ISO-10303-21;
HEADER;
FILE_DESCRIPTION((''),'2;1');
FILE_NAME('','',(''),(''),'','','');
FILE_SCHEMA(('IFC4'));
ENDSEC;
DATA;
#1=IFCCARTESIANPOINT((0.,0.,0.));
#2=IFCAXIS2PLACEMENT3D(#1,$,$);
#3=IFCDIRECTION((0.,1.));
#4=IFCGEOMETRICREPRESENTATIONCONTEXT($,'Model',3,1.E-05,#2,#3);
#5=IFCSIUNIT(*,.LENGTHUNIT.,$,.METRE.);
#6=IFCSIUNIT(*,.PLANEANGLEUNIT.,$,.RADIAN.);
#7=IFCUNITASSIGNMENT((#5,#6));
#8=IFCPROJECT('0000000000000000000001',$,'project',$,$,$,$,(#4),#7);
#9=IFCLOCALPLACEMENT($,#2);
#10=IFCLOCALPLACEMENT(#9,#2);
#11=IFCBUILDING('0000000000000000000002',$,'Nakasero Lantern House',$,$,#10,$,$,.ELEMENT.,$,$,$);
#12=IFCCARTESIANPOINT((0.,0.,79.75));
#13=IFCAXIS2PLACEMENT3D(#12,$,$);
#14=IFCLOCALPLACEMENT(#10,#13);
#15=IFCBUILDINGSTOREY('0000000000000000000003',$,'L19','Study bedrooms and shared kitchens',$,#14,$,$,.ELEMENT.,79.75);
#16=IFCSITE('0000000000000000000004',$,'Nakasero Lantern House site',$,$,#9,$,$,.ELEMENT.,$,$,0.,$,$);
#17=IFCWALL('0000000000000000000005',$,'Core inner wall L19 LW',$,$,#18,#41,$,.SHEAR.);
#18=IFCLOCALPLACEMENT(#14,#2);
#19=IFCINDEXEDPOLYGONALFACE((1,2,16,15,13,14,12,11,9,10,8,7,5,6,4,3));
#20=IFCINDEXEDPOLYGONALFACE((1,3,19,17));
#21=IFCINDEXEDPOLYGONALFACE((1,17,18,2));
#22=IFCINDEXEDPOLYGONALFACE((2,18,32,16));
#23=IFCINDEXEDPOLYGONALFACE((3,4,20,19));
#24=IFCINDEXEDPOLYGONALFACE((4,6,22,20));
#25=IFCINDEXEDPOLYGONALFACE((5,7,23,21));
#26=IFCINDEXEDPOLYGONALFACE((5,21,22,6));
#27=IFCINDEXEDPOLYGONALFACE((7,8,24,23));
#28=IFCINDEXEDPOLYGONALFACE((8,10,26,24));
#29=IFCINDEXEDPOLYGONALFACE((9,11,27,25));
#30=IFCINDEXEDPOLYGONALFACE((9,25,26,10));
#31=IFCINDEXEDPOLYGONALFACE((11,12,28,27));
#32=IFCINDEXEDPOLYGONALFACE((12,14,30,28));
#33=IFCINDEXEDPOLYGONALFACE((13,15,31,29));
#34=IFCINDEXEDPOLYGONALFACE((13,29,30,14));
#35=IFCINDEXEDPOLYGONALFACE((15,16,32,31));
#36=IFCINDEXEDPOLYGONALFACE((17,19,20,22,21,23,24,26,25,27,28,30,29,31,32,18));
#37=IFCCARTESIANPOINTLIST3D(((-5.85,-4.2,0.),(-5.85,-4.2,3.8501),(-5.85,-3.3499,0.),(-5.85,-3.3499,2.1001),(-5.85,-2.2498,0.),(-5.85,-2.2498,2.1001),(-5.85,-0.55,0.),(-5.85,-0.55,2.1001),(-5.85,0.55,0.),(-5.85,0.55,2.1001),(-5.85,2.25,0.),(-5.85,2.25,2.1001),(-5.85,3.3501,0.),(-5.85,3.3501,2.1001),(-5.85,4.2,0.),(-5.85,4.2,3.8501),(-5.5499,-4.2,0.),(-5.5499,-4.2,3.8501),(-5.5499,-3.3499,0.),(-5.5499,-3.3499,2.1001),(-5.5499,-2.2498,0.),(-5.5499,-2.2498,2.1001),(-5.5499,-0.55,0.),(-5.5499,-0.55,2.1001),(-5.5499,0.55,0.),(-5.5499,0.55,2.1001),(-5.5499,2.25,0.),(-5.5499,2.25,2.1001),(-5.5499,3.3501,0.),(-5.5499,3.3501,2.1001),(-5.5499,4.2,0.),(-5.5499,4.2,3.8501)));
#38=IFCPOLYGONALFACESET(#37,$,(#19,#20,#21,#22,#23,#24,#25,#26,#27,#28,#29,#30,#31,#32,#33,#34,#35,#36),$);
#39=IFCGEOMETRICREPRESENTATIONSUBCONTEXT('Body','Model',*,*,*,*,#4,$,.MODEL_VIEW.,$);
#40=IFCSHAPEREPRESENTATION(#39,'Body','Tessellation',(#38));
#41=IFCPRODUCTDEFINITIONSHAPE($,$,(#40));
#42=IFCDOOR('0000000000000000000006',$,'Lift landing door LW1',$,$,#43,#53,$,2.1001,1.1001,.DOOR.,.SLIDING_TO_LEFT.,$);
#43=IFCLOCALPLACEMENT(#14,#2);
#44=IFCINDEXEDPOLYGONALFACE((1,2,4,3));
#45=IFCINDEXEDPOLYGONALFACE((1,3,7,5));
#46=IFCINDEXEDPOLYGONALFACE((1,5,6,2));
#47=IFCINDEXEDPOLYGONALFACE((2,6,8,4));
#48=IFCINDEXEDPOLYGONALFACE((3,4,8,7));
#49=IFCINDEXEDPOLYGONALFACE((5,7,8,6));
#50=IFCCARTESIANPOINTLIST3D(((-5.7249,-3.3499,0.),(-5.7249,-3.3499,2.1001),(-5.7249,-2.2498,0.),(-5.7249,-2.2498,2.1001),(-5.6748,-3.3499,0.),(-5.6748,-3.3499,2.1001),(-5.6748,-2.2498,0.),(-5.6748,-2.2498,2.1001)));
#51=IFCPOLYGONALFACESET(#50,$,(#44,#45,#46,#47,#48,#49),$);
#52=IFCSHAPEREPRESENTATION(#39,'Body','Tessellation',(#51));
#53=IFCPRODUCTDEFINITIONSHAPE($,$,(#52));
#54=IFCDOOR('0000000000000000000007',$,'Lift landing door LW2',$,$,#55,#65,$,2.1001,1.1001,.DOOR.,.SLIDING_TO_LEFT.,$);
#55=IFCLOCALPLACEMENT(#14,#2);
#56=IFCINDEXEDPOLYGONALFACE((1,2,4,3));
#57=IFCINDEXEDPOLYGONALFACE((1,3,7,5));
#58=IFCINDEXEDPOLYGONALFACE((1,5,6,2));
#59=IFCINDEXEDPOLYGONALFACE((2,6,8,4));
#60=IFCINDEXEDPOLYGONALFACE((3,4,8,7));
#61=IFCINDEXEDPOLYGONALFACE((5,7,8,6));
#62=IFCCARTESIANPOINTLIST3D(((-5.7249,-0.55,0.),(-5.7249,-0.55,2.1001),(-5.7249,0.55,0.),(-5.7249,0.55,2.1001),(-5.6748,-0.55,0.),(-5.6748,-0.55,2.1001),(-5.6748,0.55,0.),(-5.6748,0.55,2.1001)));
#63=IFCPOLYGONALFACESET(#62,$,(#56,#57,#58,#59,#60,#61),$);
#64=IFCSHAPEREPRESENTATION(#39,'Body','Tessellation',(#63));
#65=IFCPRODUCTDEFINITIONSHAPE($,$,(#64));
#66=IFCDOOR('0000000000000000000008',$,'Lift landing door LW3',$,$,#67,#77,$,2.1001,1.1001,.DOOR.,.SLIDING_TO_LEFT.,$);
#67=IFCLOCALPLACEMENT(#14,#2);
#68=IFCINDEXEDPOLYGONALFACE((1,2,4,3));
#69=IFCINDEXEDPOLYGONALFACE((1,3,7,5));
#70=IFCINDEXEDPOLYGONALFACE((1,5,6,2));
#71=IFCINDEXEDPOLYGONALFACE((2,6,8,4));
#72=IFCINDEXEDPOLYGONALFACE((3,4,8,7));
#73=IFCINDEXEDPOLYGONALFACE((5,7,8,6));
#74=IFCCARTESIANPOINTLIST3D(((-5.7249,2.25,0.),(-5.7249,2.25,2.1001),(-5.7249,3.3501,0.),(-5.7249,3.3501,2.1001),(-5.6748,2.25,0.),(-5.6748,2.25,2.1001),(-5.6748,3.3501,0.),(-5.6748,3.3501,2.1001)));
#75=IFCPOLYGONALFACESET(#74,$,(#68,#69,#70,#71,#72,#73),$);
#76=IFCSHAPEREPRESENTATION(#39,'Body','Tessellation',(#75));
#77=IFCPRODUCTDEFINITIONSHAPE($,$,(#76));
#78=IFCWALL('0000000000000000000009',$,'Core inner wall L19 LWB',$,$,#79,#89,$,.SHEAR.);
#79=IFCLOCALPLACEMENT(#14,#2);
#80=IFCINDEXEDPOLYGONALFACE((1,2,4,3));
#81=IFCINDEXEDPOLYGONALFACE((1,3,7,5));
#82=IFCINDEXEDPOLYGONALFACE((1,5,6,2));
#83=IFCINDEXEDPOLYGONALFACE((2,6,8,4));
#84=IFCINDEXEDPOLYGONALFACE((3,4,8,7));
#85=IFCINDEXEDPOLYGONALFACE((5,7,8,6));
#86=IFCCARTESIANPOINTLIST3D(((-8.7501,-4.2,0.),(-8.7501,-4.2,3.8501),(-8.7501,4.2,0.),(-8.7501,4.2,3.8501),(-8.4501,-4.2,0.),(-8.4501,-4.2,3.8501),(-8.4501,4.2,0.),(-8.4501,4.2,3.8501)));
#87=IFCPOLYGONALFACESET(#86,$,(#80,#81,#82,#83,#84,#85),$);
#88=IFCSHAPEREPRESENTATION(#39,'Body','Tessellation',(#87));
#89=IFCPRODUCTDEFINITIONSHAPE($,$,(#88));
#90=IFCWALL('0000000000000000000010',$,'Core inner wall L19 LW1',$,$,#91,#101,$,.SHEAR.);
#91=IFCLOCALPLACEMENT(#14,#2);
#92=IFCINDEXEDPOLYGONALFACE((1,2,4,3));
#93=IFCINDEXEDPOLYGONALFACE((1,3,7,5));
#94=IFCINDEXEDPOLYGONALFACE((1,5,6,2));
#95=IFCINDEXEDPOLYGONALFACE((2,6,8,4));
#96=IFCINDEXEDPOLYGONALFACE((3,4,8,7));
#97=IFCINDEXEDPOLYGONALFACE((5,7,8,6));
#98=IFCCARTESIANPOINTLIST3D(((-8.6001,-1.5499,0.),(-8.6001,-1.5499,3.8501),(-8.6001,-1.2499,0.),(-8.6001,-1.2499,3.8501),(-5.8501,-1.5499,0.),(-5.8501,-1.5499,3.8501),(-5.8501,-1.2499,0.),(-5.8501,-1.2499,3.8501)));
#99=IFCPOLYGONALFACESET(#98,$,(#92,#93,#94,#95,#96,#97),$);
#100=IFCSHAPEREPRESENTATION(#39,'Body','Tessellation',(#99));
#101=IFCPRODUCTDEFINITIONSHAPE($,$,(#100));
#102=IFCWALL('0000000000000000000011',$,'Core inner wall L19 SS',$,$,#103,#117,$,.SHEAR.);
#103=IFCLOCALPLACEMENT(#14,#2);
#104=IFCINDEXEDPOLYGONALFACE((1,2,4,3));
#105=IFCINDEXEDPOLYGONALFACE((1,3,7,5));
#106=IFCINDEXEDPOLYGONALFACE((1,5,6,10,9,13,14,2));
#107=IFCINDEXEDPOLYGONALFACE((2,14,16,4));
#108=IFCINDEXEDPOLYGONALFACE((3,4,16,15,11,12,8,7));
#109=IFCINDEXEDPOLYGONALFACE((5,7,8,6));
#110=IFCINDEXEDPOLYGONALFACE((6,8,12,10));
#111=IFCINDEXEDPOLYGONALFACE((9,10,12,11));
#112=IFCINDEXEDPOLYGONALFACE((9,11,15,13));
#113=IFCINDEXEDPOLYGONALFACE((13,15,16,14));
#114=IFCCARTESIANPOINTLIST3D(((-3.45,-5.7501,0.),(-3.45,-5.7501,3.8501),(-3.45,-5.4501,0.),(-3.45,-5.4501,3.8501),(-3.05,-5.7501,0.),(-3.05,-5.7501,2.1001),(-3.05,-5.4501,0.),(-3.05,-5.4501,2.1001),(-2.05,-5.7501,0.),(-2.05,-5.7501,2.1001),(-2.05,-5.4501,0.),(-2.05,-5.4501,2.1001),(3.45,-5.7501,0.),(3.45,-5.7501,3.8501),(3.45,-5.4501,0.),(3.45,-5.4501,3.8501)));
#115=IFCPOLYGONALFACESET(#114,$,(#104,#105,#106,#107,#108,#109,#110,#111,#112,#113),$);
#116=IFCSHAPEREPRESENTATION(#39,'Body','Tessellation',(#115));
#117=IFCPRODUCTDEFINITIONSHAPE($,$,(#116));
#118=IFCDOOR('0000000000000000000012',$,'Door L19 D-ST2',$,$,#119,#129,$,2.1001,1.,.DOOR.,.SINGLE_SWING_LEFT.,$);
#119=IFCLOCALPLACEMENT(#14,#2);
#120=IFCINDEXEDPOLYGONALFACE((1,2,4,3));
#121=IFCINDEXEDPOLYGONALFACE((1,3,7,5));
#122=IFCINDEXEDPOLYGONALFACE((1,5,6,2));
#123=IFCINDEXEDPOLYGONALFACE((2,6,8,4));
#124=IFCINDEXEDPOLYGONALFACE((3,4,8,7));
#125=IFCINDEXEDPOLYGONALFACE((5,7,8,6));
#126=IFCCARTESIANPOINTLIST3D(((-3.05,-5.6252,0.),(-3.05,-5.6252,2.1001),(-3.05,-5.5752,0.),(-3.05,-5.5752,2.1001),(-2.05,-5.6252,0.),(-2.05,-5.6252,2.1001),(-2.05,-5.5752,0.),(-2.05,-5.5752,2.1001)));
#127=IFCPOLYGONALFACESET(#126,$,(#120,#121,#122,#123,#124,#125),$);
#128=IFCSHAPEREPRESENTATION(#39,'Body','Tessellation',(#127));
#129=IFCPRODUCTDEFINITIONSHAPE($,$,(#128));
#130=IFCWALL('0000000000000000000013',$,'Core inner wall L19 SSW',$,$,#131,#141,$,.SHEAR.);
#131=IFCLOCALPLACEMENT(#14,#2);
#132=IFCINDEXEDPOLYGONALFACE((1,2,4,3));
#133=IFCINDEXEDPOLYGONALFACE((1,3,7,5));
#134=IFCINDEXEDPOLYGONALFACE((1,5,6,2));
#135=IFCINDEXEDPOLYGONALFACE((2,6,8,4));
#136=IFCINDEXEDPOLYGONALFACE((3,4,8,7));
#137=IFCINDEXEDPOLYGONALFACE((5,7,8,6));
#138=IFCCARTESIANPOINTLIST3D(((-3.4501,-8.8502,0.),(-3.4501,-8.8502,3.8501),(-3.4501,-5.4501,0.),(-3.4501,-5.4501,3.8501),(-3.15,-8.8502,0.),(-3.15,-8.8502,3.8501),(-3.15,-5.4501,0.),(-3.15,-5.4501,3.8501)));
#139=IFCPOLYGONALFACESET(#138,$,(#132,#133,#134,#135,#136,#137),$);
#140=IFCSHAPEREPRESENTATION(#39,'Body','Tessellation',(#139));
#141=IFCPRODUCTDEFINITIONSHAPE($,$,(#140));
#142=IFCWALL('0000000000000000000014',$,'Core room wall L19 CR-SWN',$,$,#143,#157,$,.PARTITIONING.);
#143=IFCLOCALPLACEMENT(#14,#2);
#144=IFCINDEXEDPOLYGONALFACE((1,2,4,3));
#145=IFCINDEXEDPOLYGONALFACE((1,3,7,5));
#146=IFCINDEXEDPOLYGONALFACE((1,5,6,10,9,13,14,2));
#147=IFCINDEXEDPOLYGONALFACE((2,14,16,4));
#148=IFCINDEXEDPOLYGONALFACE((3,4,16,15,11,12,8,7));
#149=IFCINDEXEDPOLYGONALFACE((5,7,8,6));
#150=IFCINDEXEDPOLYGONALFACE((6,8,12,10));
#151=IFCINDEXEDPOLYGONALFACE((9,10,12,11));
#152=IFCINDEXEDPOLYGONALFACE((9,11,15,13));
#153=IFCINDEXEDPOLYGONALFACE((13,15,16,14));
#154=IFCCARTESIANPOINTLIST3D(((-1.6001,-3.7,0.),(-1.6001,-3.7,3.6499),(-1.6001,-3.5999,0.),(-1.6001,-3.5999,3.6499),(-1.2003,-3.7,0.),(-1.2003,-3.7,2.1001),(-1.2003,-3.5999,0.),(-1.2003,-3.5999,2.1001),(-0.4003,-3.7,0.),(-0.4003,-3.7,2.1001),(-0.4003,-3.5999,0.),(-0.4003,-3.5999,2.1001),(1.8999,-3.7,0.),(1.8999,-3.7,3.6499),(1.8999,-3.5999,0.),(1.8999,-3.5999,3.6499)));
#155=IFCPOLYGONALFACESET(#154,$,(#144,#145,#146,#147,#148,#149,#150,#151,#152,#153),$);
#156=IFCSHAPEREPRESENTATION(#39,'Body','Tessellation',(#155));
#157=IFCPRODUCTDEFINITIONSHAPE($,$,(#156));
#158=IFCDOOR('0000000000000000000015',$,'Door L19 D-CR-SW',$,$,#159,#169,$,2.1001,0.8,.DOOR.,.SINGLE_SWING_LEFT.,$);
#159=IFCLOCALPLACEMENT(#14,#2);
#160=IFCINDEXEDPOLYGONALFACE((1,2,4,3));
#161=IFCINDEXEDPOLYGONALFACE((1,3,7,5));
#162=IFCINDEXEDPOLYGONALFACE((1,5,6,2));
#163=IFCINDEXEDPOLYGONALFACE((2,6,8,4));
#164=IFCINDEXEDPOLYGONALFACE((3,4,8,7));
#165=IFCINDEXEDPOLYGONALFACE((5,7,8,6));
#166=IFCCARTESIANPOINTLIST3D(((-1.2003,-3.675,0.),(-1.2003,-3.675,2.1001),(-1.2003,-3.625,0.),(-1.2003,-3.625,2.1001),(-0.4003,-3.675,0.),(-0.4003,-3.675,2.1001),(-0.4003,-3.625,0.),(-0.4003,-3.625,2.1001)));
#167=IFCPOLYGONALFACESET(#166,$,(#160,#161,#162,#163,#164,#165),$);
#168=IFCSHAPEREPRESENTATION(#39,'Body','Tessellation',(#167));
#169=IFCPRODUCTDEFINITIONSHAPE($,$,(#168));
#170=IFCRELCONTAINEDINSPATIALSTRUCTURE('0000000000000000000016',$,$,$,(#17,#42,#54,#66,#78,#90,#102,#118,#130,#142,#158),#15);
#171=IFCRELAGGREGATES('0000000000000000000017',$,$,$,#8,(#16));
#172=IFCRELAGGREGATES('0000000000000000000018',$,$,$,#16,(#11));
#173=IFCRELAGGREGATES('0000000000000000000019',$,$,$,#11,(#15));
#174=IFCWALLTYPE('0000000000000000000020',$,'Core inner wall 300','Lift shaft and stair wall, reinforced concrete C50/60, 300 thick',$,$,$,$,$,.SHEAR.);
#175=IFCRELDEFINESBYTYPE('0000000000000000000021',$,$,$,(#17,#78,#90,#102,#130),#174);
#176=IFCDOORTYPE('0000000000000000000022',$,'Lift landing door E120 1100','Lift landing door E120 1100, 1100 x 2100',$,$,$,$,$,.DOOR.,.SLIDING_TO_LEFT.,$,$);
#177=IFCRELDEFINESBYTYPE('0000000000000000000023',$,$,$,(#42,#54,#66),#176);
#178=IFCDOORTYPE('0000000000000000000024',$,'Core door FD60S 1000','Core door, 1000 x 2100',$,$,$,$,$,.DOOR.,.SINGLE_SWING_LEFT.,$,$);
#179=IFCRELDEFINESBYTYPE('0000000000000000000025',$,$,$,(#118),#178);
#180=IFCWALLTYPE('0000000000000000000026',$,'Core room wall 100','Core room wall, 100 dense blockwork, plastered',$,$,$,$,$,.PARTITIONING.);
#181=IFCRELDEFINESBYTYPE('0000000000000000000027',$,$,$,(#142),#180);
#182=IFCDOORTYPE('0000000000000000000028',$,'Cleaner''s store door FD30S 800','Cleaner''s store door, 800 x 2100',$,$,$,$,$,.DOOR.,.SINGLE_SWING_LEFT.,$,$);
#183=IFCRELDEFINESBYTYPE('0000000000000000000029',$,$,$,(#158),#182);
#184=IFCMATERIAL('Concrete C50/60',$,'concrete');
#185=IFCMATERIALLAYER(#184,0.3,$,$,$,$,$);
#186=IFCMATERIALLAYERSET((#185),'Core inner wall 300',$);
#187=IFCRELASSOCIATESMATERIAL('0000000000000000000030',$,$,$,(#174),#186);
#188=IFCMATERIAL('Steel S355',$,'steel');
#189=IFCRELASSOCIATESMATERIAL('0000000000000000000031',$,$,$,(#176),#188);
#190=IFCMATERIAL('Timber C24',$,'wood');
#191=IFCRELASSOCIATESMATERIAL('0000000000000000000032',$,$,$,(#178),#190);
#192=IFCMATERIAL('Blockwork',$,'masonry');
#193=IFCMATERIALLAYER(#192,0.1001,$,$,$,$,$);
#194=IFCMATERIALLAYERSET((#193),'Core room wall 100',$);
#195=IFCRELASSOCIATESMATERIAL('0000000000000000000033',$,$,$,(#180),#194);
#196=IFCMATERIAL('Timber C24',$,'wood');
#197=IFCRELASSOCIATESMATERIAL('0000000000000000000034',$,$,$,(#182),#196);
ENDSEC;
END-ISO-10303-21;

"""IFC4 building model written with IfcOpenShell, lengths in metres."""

from ifc_helpers import new_model, si_unit, direction, frame, frame_2d, origin, place, context, subcontext, project, spatial, rectangle, extrude, material, layer, layer_set, type_object, element, fill, save


model = new_model("IFC4")

# Units and contexts
model_context = context("Model", 3, precision=1e-05, world=origin(), true_north=direction((0.0, 1.0)))
body_context = subcontext(model_context, "Body", "Model", "MODEL_VIEW")
ifc_project = project(units=[si_unit("LENGTHUNIT", "METRE"), si_unit("PLANEANGLEUNIT", "RADIAN")], contexts=[model_context])

# Site, building, storey
site_placement = place(None, origin())
site = spatial("IfcSite", under=ifc_project, at=site_placement, Name="Nakasero Lantern House site", CompositionType="ELEMENT", RefElevation=0.0)
building_placement = place(site_placement, origin())
building = spatial("IfcBuilding", under=site, at=building_placement, Name="Nakasero Lantern House", CompositionType="ELEMENT")
storey_placement = place(building_placement, frame((0.0, 0.0, 79.75)))
storey = spatial("IfcBuildingStorey", under=building, at=storey_placement, Name="L19", Description="Study bedrooms and shared kitchens", CompositionType="ELEMENT", Elevation=79.75)

# Wall, openings, doors
ifc_material_1 = material(Name="Concrete C50/60", Category="concrete")
ifc_layer_1 = layer(ifc_material_1, 0.3)
ifc_layer_set_1 = layer_set([ifc_layer_1], Name="Core inner wall 300")
wall_type_1 = type_object("IfcWallType", Name="Core inner wall 300", Description="Lift shaft and stair wall, reinforced concrete C50/60, 300 thick", PredefinedType="SHEAR", material=ifc_layer_set_1)
wall_1_placement = place(storey_placement, frame((-5.7, -4.2, 0.0), z_axis=(0.0, 0.0, 1.0), x_axis=(0.0, 1.0, 0.0)))
wall_1 = element("IfcWall", 1, at=wall_1_placement, inside=storey, type_object=wall_type_1, Name="Core inner wall L19 LW", PredefinedType="SHEAR", context=body_context, shape_type="SweptSolid", body=[
    extrude(rectangle(XDim=8.3999, YDim=0.3, at=frame_2d((4.2, 0.0))), origin(), (0.0, 0.0, 1.0), 3.8501),
])
opening_1_placement = place(wall_1_placement, frame((0.8501, 0.0, 0.0)))
opening_1 = element("IfcOpeningElement", 2, at=opening_1_placement, cuts=wall_1, PredefinedType="OPENING", context=body_context, shape_type="SweptSolid", body=[
    extrude(rectangle(XDim=1.1001, YDim=2.1001, at=frame_2d((0.55, 1.05))), frame((0.0, 0.1699, 0.0), z_axis=(0.0, -1.0, 0.0), x_axis=(1.0, 0.0, 0.0)), (0.0, 0.0, 1.0), 0.3401),
])
opening_2_placement = place(wall_1_placement, frame((3.6499, 0.0, 0.0)))
opening_2 = element("IfcOpeningElement", 3, at=opening_2_placement, cuts=wall_1, PredefinedType="OPENING", context=body_context, shape_type="SweptSolid", body=[
    extrude(rectangle(XDim=1.1001, YDim=2.1001, at=frame_2d((0.55, 1.05))), frame((0.0, 0.1699, 0.0), z_axis=(0.0, -1.0, 0.0), x_axis=(1.0, 0.0, 0.0)), (0.0, 0.0, 1.0), 0.3401),
])
opening_3_placement = place(wall_1_placement, frame((6.45, 0.0, 0.0)))
opening_3 = element("IfcOpeningElement", 4, at=opening_3_placement, cuts=wall_1, PredefinedType="OPENING", context=body_context, shape_type="SweptSolid", body=[
    extrude(rectangle(XDim=1.1001, YDim=2.1001, at=frame_2d((0.55, 1.05))), frame((0.0, 0.1699, 0.0), z_axis=(0.0, -1.0, 0.0), x_axis=(1.0, 0.0, 0.0)), (0.0, 0.0, 1.0), 0.3401),
])
ifc_material_2 = material(Name="Steel S355", Category="steel")
door_type_1 = type_object("IfcDoorType", Name="Lift landing door E120 1100", Description="Lift landing door E120 1100, 1100 x 2100", OperationType="SLIDING_TO_LEFT", PredefinedType="DOOR", material=ifc_material_2)
door_1_placement = place(opening_1_placement, origin())
door_1 = element("IfcDoor", 5, at=door_1_placement, inside=storey, type_object=door_type_1, Name="Lift landing door LW1", OperationType="SLIDING_TO_LEFT", OverallHeight=2.1001, OverallWidth=1.1001, PredefinedType="DOOR", context=body_context, shape_type="SweptSolid", body=[
    extrude(rectangle(XDim=1.1001, YDim=2.1001, at=frame_2d((0.55, 1.05))), frame((0.0, 0.0249, 0.0), z_axis=(0.0, -1.0, 0.0), x_axis=(1.0, 0.0, 0.0)), (0.0, 0.0, 1.0), 0.05),
])
fill(opening_1, door_1)
door_2_placement = place(opening_2_placement, origin())
door_2 = element("IfcDoor", 6, at=door_2_placement, inside=storey, type_object=door_type_1, Name="Lift landing door LW2", OperationType="SLIDING_TO_LEFT", OverallHeight=2.1001, OverallWidth=1.1001, PredefinedType="DOOR", context=body_context, shape_type="SweptSolid", body=[
    extrude(rectangle(XDim=1.1001, YDim=2.1001, at=frame_2d((0.55, 1.05))), frame((0.0, 0.0249, 0.0), z_axis=(0.0, -1.0, 0.0), x_axis=(1.0, 0.0, 0.0)), (0.0, 0.0, 1.0), 0.05),
])
fill(opening_2, door_2)
door_3_placement = place(opening_3_placement, origin())
door_3 = element("IfcDoor", 7, at=door_3_placement, inside=storey, type_object=door_type_1, Name="Lift landing door LW3", OperationType="SLIDING_TO_LEFT", OverallHeight=2.1001, OverallWidth=1.1001, PredefinedType="DOOR", context=body_context, shape_type="SweptSolid", body=[
    extrude(rectangle(XDim=1.1001, YDim=2.1001, at=frame_2d((0.55, 1.05))), frame((0.0, 0.0249, 0.0), z_axis=(0.0, -1.0, 0.0), x_axis=(1.0, 0.0, 0.0)), (0.0, 0.0, 1.0), 0.05),
])
fill(opening_3, door_3)

# Walls
wall_2_placement = place(storey_placement, frame((-8.6001, -4.2, 0.0), z_axis=(0.0, 0.0, 1.0), x_axis=(0.0, 1.0, 0.0)))
element("IfcWall", 8, at=wall_2_placement, inside=storey, type_object=wall_type_1, Name="Core inner wall L19 LWB", PredefinedType="SHEAR", context=body_context, shape_type="SweptSolid", body=[
    extrude(rectangle(XDim=8.3999, YDim=0.3, at=frame_2d((4.2, 0.0))), origin(), (0.0, 0.0, 1.0), 3.8501),
])
wall_3_placement = place(storey_placement, frame((-8.6001, -1.3999, 0.0), z_axis=(0.0, 0.0, 1.0), x_axis=(1.0, 0.0, 0.0)))
element("IfcWall", 9, at=wall_3_placement, inside=storey, type_object=wall_type_1, Name="Core inner wall L19 LW1", PredefinedType="SHEAR", context=body_context, shape_type="SweptSolid", body=[
    extrude(rectangle(XDim=2.75, YDim=0.3, at=frame_2d((1.375, 0.0))), origin(), (0.0, 0.0, 1.0), 3.8501),
])

# Wall, opening, door
wall_4_placement = place(storey_placement, frame((-3.45, -5.6001, 0.0), z_axis=(0.0, 0.0, 1.0), x_axis=(1.0, 0.0, 0.0)))
wall_4 = element("IfcWall", 10, at=wall_4_placement, inside=storey, type_object=wall_type_1, Name="Core inner wall L19 SS", PredefinedType="SHEAR", context=body_context, shape_type="SweptSolid", body=[
    extrude(rectangle(XDim=6.8999, YDim=0.3, at=frame_2d((3.45, 0.0))), origin(), (0.0, 0.0, 1.0), 3.8501),
])
opening_4_placement = place(wall_4_placement, frame((0.3999, 0.0, 0.0)))
opening_4 = element("IfcOpeningElement", 11, at=opening_4_placement, cuts=wall_4, PredefinedType="OPENING", context=body_context, shape_type="SweptSolid", body=[
    extrude(rectangle(XDim=1.0, YDim=2.1001, at=frame_2d((0.5, 1.05))), frame((0.0, 0.1699, 0.0), z_axis=(0.0, -1.0, 0.0), x_axis=(1.0, 0.0, 0.0)), (0.0, 0.0, 1.0), 0.3401),
])
ifc_material_3 = material(Name="Timber C24", Category="wood")
door_type_2 = type_object("IfcDoorType", Name="Core door FD60S 1000", Description="Core door, 1000 x 2100", OperationType="SINGLE_SWING_LEFT", PredefinedType="DOOR", material=ifc_material_3)
door_4_placement = place(opening_4_placement, origin())
door_4 = element("IfcDoor", 12, at=door_4_placement, inside=storey, type_object=door_type_2, Name="Door L19 D-ST2", OperationType="SINGLE_SWING_LEFT", OverallHeight=2.1001, OverallWidth=1.0, PredefinedType="DOOR", context=body_context, shape_type="SweptSolid", body=[
    extrude(rectangle(XDim=1.0, YDim=2.1001, at=frame_2d((0.5, 1.05))), frame((0.0, 0.0249, 0.0), z_axis=(0.0, -1.0, 0.0), x_axis=(1.0, 0.0, 0.0)), (0.0, 0.0, 1.0), 0.05),
])
fill(opening_4, door_4)

# Wall
wall_5_placement = place(storey_placement, frame((-3.3, -5.45, 0.0), z_axis=(0.0, 0.0, 1.0), x_axis=(0.0, -1.0, 0.0)))
element("IfcWall", 13, at=wall_5_placement, inside=storey, type_object=wall_type_1, Name="Core inner wall L19 SSW", PredefinedType="SHEAR", context=body_context, shape_type="SweptSolid", body=[
    extrude(rectangle(XDim=3.4001, YDim=0.3, at=frame_2d((1.7002, 0.0))), origin(), (0.0, 0.0, 1.0), 3.8501),
])

# Wall, opening, door
ifc_material_4 = material(Name="Blockwork", Category="masonry")
ifc_layer_2 = layer(ifc_material_4, 0.1001)
ifc_layer_set_2 = layer_set([ifc_layer_2], Name="Core room wall 100")
wall_type_2 = type_object("IfcWallType", Name="Core room wall 100", Description="Core room wall, 100 dense blockwork, plastered", PredefinedType="PARTITIONING", material=ifc_layer_set_2)
wall_6_placement = place(storey_placement, frame((-1.6001, -3.6499, 0.0), z_axis=(0.0, 0.0, 1.0), x_axis=(1.0, 0.0, 0.0)))
wall_6 = element("IfcWall", 14, at=wall_6_placement, inside=storey, type_object=wall_type_2, Name="Core room wall L19 CR-SWN", PredefinedType="PARTITIONING", context=body_context, shape_type="SweptSolid", body=[
    extrude(rectangle(XDim=3.5, YDim=0.1001, at=frame_2d((1.75, 0.0))), origin(), (0.0, 0.0, 1.0), 3.6499),
])
opening_5_placement = place(wall_6_placement, frame((0.3999, 0.0, 0.0)))
opening_5 = element("IfcOpeningElement", 15, at=opening_5_placement, cuts=wall_6, PredefinedType="OPENING", context=body_context, shape_type="SweptSolid", body=[
    extrude(rectangle(XDim=0.8, YDim=2.1001, at=frame_2d((0.3999, 1.05))), frame((0.0, 0.0701, 0.0), z_axis=(0.0, -1.0, 0.0), x_axis=(1.0, 0.0, 0.0)), (0.0, 0.0, 1.0), 0.1401),
])
ifc_material_5 = material(Name="Timber C24", Category="wood")
door_type_3 = type_object("IfcDoorType", Name="Cleaner's store door FD30S 800", Description="Cleaner's store door, 800 x 2100", OperationType="SINGLE_SWING_LEFT", PredefinedType="DOOR", material=ifc_material_5)
door_5_placement = place(opening_5_placement, origin())
door_5 = element("IfcDoor", 16, at=door_5_placement, inside=storey, type_object=door_type_3, Name="Door L19 D-CR-SW", OperationType="SINGLE_SWING_LEFT", OverallHeight=2.1001, OverallWidth=0.8, PredefinedType="DOOR", context=body_context, shape_type="SweptSolid", body=[
    extrude(rectangle(XDim=0.8, YDim=2.1001, at=frame_2d((0.3999, 1.05))), frame((0.0, 0.0249, 0.0), z_axis=(0.0, -1.0, 0.0), x_axis=(1.0, 0.0, 0.0)), (0.0, 0.0, 1.0), 0.05),
])
fill(opening_5, door_5)

save(model, "model.ifc")
